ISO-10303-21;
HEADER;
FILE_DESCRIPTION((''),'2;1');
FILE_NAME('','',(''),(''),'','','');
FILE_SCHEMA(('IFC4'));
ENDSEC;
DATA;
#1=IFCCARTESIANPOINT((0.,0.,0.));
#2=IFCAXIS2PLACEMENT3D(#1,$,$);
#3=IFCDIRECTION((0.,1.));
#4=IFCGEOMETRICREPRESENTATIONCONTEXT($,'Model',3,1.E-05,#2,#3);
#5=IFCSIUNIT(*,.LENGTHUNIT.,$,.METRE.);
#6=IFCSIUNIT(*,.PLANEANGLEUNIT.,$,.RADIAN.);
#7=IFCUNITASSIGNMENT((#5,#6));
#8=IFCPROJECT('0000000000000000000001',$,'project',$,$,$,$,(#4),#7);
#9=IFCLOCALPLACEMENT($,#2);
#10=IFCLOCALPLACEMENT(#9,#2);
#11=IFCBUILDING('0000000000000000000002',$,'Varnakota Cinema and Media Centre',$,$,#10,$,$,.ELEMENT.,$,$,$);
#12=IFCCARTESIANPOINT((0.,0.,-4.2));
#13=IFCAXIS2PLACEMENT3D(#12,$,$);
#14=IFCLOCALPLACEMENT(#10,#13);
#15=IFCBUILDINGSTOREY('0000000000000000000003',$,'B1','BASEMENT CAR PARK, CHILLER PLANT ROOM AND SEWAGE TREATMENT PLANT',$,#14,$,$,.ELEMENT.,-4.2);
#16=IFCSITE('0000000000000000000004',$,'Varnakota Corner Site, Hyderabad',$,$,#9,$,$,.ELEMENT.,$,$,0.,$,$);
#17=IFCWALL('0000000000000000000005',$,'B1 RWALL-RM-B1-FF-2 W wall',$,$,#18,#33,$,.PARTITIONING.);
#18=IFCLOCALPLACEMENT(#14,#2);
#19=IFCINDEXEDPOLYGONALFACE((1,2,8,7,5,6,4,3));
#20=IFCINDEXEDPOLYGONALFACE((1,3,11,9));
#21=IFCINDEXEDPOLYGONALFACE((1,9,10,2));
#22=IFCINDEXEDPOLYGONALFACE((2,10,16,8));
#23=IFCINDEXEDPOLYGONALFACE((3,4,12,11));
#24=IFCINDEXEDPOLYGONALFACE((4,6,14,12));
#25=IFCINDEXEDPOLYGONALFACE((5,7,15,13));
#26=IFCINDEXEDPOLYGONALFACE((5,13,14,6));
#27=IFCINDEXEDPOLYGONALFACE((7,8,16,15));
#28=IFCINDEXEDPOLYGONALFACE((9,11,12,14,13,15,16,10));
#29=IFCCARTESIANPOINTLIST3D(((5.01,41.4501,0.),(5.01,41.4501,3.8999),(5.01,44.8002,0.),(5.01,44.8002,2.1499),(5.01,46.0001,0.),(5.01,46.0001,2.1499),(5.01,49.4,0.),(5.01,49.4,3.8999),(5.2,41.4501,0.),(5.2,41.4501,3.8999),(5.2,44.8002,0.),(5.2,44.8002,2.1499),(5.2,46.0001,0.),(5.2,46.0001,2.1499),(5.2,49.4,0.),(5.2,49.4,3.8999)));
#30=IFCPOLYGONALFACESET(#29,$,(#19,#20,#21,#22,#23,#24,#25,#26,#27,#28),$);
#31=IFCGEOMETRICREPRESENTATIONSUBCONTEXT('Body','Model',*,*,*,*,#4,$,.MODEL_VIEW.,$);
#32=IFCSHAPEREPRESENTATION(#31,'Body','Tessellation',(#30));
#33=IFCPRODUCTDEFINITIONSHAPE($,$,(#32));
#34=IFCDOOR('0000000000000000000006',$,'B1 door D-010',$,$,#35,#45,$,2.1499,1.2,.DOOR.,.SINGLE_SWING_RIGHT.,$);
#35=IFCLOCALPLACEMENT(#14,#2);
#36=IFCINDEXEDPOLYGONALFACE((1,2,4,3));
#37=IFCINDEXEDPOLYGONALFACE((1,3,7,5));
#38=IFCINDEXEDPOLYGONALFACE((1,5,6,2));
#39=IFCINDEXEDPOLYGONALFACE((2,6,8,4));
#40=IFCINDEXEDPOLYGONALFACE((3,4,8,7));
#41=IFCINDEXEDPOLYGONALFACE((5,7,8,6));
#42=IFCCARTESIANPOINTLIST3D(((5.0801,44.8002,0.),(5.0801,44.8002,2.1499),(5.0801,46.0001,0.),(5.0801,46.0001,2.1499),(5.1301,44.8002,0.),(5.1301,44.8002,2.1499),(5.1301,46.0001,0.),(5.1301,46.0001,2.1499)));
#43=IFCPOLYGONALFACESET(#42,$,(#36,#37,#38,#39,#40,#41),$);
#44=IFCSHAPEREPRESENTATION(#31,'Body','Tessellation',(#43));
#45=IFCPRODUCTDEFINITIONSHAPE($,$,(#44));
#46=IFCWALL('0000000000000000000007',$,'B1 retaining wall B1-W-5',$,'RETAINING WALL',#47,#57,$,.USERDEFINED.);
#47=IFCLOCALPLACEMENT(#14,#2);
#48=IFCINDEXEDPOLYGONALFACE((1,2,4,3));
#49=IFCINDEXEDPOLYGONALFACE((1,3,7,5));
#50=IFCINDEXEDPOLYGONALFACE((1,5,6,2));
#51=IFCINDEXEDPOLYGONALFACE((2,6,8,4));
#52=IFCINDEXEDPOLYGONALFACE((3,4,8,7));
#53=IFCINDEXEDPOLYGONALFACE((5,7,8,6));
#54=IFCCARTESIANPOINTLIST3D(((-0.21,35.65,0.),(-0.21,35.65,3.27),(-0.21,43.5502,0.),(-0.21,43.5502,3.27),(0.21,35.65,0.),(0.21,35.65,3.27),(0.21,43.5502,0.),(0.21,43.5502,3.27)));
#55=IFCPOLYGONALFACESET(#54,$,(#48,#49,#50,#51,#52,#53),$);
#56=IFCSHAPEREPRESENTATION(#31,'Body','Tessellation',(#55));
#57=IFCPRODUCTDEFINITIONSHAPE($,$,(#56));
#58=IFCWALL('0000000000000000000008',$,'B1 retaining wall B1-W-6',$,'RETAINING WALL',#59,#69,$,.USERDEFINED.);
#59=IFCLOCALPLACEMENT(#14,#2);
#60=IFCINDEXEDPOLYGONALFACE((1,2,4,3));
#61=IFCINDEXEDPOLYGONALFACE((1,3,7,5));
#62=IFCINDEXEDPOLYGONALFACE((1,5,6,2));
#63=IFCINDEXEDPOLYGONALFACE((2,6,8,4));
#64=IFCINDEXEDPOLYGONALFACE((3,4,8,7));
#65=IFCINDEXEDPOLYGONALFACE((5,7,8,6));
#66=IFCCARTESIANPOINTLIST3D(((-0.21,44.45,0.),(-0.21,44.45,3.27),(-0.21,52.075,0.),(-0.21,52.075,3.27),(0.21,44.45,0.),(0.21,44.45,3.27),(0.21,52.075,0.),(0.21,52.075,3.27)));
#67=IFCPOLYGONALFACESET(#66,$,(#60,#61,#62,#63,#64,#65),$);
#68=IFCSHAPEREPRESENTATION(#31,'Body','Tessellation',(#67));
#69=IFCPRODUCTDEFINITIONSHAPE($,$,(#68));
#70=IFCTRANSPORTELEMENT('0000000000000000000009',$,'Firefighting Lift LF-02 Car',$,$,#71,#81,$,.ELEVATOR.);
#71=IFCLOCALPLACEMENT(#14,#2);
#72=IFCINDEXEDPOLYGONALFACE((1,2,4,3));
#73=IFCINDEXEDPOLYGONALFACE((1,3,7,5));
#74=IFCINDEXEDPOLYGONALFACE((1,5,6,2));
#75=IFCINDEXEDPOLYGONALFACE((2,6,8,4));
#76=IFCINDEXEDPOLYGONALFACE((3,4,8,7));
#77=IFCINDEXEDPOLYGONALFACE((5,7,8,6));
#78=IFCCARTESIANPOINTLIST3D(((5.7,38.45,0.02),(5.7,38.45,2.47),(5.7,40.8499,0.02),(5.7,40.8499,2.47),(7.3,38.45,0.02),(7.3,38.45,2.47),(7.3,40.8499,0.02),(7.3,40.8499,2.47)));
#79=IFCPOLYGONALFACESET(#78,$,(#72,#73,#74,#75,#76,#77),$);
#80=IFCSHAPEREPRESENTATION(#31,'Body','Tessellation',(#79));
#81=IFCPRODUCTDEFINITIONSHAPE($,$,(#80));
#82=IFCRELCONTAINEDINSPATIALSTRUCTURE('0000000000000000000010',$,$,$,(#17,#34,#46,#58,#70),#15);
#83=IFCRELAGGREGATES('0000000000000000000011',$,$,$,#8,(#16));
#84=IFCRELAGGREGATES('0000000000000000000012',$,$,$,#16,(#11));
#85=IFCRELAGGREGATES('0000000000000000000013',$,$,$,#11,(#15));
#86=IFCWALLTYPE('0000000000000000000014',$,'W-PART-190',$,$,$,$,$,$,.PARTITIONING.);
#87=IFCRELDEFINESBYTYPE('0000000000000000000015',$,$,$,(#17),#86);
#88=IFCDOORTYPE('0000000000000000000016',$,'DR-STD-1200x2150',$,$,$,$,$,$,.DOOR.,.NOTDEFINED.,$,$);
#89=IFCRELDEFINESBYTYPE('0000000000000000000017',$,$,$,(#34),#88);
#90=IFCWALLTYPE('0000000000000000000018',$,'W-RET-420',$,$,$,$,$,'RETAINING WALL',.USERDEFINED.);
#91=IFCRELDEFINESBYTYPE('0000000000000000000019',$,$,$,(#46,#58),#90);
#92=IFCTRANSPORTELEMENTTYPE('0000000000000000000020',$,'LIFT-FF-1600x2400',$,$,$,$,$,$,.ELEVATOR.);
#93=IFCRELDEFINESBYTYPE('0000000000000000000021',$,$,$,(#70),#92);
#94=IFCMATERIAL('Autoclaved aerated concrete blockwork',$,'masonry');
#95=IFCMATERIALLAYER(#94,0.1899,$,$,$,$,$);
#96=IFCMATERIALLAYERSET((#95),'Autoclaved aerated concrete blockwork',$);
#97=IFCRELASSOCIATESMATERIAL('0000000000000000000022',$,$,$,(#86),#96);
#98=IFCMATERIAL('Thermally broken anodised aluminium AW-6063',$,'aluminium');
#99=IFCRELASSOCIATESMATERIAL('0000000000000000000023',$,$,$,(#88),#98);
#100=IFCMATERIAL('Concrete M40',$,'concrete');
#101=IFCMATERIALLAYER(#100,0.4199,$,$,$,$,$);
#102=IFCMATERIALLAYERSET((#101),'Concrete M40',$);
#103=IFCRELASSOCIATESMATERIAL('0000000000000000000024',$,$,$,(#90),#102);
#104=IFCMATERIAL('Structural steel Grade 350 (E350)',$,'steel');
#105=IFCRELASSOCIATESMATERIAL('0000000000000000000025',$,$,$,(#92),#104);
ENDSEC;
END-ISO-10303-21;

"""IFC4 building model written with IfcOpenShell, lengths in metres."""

from ifc_helpers import new_model, si_unit, direction, frame, frame_2d, origin, origin_2d, place, context, subcontext, project, spatial, rectangle, extrude, material, layer, layer_set, type_object, element, fill, save


model = new_model("IFC4")

# Units and contexts
model_context = context("Model", 3, precision=1e-05, world=origin(), true_north=direction((0.0, 1.0)))
body_context = subcontext(model_context, "Body", "Model", "MODEL_VIEW")
ifc_project = project(units=[si_unit("LENGTHUNIT", "METRE"), si_unit("PLANEANGLEUNIT", "RADIAN")], contexts=[model_context])

# Site, building, storey
site_placement = place(None, origin())
site = spatial("IfcSite", under=ifc_project, at=site_placement, Name="Varnakota Corner Site, Hyderabad", CompositionType="ELEMENT", RefElevation=0.0)
building_placement = place(site_placement, origin())
building = spatial("IfcBuilding", under=site, at=building_placement, Name="Varnakota Cinema and Media Centre", CompositionType="ELEMENT")
storey_placement = place(building_placement, frame((0.0, 0.0, -4.2)))
storey = spatial("IfcBuildingStorey", under=building, at=storey_placement, Name="B1", Description="BASEMENT CAR PARK, CHILLER PLANT ROOM AND SEWAGE TREATMENT PLANT", CompositionType="ELEMENT", Elevation=-4.2)

# Wall, opening, door
ifc_material_1 = material(Name="Autoclaved aerated concrete blockwork", Category="masonry")
ifc_layer_1 = layer(ifc_material_1, 0.1899)
ifc_layer_set_1 = layer_set([ifc_layer_1], Name="Autoclaved aerated concrete blockwork")
wall_type_1 = type_object("IfcWallType", Name="W-PART-190", PredefinedType="PARTITIONING", material=ifc_layer_set_1)
wall_1_placement = place(storey_placement, frame((5.105, 41.45, 0.0), z_axis=(0.0, 0.0, 1.0), x_axis=(0.0, 1.0, 0.0)))
wall_1 = element("IfcWall", 1, at=wall_1_placement, inside=storey, type_object=wall_type_1, Name="B1 RWALL-RM-B1-FF-2 W wall", PredefinedType="PARTITIONING", context=body_context, shape_type="SweptSolid", body=[
    extrude(rectangle(XDim=7.95, YDim=0.1899, at=frame_2d((3.9751, 0.0))), origin(), (0.0, 0.0, 1.0), 3.8999),
])
opening_1_placement = place(wall_1_placement, frame((3.3501, 0.0, 0.0)))
opening_1 = element("IfcOpeningElement", 2, at=opening_1_placement, cuts=wall_1, PredefinedType="OPENING", context=body_context, shape_type="SweptSolid", body=[
    extrude(rectangle(XDim=1.2, YDim=2.1499, at=frame_2d((0.6001, 1.075))), frame((0.0, 0.095, 0.0), z_axis=(0.0, -1.0, 0.0), x_axis=(1.0, 0.0, 0.0)), (0.0, 0.0, 1.0), 0.1899),
])
ifc_material_2 = material(Name="Thermally broken anodised aluminium AW-6063", Category="aluminium")
door_type_1 = type_object("IfcDoorType", Name="DR-STD-1200x2150", OperationType="NOTDEFINED", PredefinedType="DOOR", material=ifc_material_2)
door_1_placement = place(opening_1_placement, origin())
door_1 = element("IfcDoor", 3, at=door_1_placement, inside=storey, type_object=door_type_1, Name="B1 door D-010", OperationType="SINGLE_SWING_RIGHT", OverallHeight=2.1499, OverallWidth=1.2, PredefinedType="DOOR", context=body_context, shape_type="SweptSolid", body=[
    extrude(rectangle(XDim=1.2, YDim=2.1499, at=frame_2d((0.6001, 1.075))), frame((0.0, 0.0249, 0.0), z_axis=(0.0, -1.0, 0.0), x_axis=(1.0, 0.0, 0.0)), (0.0, 0.0, 1.0), 0.05),
])
fill(opening_1, door_1)

# Walls
ifc_material_3 = material(Name="Concrete M40", Category="concrete")
ifc_layer_2 = layer(ifc_material_3, 0.4199)
ifc_layer_set_2 = layer_set([ifc_layer_2], Name="Concrete M40")
wall_type_2 = type_object("IfcWallType", Name="W-RET-420", ElementType="RETAINING WALL", PredefinedType="USERDEFINED", material=ifc_layer_set_2)
wall_2_placement = place(storey_placement, frame((0.0, 35.6499, 0.0), z_axis=(0.0, 0.0, 1.0), x_axis=(0.0, 1.0, 0.0)))
element("IfcWall", 4, at=wall_2_placement, inside=storey, type_object=wall_type_2, Name="B1 retaining wall B1-W-5", ObjectType="RETAINING WALL", PredefinedType="USERDEFINED", context=body_context, shape_type="SweptSolid", body=[
    extrude(rectangle(XDim=7.9001, YDim=0.4199, at=frame_2d((3.9502, 0.0))), origin(), (0.0, 0.0, 1.0), 3.27),
])
wall_3_placement = place(storey_placement, frame((0.0, 44.45, 0.0), z_axis=(0.0, 0.0, 1.0), x_axis=(0.0, 1.0, 0.0)))
element("IfcWall", 5, at=wall_3_placement, inside=storey, type_object=wall_type_2, Name="B1 retaining wall B1-W-6", ObjectType="RETAINING WALL", PredefinedType="USERDEFINED", context=body_context, shape_type="SweptSolid", body=[
    extrude(rectangle(XDim=7.625, YDim=0.4199, at=frame_2d((3.8125, 0.0))), origin(), (0.0, 0.0, 1.0), 3.27),
])

# Transport element
ifc_material_4 = material(Name="Structural steel Grade 350 (E350)", Category="steel")
transport_element_type = type_object("IfcTransportElementType", Name="LIFT-FF-1600x2400", PredefinedType="ELEVATOR", material=ifc_material_4)
transport_element_placement = place(storey_placement, frame((6.5, 39.6499, 0.02), z_axis=(0.0, 0.0, 1.0), x_axis=(1.0, 0.0, 0.0)))
element("IfcTransportElement", 6, at=transport_element_placement, inside=storey, type_object=transport_element_type, Name="Firefighting Lift LF-02 Car", PredefinedType="ELEVATOR", context=body_context, shape_type="SweptSolid", body=[
    extrude(rectangle(XDim=1.6001, YDim=2.3999, at=origin_2d()), origin(), (0.0, 0.0, 1.0), 2.45),
])

save(model, "model.ifc")
